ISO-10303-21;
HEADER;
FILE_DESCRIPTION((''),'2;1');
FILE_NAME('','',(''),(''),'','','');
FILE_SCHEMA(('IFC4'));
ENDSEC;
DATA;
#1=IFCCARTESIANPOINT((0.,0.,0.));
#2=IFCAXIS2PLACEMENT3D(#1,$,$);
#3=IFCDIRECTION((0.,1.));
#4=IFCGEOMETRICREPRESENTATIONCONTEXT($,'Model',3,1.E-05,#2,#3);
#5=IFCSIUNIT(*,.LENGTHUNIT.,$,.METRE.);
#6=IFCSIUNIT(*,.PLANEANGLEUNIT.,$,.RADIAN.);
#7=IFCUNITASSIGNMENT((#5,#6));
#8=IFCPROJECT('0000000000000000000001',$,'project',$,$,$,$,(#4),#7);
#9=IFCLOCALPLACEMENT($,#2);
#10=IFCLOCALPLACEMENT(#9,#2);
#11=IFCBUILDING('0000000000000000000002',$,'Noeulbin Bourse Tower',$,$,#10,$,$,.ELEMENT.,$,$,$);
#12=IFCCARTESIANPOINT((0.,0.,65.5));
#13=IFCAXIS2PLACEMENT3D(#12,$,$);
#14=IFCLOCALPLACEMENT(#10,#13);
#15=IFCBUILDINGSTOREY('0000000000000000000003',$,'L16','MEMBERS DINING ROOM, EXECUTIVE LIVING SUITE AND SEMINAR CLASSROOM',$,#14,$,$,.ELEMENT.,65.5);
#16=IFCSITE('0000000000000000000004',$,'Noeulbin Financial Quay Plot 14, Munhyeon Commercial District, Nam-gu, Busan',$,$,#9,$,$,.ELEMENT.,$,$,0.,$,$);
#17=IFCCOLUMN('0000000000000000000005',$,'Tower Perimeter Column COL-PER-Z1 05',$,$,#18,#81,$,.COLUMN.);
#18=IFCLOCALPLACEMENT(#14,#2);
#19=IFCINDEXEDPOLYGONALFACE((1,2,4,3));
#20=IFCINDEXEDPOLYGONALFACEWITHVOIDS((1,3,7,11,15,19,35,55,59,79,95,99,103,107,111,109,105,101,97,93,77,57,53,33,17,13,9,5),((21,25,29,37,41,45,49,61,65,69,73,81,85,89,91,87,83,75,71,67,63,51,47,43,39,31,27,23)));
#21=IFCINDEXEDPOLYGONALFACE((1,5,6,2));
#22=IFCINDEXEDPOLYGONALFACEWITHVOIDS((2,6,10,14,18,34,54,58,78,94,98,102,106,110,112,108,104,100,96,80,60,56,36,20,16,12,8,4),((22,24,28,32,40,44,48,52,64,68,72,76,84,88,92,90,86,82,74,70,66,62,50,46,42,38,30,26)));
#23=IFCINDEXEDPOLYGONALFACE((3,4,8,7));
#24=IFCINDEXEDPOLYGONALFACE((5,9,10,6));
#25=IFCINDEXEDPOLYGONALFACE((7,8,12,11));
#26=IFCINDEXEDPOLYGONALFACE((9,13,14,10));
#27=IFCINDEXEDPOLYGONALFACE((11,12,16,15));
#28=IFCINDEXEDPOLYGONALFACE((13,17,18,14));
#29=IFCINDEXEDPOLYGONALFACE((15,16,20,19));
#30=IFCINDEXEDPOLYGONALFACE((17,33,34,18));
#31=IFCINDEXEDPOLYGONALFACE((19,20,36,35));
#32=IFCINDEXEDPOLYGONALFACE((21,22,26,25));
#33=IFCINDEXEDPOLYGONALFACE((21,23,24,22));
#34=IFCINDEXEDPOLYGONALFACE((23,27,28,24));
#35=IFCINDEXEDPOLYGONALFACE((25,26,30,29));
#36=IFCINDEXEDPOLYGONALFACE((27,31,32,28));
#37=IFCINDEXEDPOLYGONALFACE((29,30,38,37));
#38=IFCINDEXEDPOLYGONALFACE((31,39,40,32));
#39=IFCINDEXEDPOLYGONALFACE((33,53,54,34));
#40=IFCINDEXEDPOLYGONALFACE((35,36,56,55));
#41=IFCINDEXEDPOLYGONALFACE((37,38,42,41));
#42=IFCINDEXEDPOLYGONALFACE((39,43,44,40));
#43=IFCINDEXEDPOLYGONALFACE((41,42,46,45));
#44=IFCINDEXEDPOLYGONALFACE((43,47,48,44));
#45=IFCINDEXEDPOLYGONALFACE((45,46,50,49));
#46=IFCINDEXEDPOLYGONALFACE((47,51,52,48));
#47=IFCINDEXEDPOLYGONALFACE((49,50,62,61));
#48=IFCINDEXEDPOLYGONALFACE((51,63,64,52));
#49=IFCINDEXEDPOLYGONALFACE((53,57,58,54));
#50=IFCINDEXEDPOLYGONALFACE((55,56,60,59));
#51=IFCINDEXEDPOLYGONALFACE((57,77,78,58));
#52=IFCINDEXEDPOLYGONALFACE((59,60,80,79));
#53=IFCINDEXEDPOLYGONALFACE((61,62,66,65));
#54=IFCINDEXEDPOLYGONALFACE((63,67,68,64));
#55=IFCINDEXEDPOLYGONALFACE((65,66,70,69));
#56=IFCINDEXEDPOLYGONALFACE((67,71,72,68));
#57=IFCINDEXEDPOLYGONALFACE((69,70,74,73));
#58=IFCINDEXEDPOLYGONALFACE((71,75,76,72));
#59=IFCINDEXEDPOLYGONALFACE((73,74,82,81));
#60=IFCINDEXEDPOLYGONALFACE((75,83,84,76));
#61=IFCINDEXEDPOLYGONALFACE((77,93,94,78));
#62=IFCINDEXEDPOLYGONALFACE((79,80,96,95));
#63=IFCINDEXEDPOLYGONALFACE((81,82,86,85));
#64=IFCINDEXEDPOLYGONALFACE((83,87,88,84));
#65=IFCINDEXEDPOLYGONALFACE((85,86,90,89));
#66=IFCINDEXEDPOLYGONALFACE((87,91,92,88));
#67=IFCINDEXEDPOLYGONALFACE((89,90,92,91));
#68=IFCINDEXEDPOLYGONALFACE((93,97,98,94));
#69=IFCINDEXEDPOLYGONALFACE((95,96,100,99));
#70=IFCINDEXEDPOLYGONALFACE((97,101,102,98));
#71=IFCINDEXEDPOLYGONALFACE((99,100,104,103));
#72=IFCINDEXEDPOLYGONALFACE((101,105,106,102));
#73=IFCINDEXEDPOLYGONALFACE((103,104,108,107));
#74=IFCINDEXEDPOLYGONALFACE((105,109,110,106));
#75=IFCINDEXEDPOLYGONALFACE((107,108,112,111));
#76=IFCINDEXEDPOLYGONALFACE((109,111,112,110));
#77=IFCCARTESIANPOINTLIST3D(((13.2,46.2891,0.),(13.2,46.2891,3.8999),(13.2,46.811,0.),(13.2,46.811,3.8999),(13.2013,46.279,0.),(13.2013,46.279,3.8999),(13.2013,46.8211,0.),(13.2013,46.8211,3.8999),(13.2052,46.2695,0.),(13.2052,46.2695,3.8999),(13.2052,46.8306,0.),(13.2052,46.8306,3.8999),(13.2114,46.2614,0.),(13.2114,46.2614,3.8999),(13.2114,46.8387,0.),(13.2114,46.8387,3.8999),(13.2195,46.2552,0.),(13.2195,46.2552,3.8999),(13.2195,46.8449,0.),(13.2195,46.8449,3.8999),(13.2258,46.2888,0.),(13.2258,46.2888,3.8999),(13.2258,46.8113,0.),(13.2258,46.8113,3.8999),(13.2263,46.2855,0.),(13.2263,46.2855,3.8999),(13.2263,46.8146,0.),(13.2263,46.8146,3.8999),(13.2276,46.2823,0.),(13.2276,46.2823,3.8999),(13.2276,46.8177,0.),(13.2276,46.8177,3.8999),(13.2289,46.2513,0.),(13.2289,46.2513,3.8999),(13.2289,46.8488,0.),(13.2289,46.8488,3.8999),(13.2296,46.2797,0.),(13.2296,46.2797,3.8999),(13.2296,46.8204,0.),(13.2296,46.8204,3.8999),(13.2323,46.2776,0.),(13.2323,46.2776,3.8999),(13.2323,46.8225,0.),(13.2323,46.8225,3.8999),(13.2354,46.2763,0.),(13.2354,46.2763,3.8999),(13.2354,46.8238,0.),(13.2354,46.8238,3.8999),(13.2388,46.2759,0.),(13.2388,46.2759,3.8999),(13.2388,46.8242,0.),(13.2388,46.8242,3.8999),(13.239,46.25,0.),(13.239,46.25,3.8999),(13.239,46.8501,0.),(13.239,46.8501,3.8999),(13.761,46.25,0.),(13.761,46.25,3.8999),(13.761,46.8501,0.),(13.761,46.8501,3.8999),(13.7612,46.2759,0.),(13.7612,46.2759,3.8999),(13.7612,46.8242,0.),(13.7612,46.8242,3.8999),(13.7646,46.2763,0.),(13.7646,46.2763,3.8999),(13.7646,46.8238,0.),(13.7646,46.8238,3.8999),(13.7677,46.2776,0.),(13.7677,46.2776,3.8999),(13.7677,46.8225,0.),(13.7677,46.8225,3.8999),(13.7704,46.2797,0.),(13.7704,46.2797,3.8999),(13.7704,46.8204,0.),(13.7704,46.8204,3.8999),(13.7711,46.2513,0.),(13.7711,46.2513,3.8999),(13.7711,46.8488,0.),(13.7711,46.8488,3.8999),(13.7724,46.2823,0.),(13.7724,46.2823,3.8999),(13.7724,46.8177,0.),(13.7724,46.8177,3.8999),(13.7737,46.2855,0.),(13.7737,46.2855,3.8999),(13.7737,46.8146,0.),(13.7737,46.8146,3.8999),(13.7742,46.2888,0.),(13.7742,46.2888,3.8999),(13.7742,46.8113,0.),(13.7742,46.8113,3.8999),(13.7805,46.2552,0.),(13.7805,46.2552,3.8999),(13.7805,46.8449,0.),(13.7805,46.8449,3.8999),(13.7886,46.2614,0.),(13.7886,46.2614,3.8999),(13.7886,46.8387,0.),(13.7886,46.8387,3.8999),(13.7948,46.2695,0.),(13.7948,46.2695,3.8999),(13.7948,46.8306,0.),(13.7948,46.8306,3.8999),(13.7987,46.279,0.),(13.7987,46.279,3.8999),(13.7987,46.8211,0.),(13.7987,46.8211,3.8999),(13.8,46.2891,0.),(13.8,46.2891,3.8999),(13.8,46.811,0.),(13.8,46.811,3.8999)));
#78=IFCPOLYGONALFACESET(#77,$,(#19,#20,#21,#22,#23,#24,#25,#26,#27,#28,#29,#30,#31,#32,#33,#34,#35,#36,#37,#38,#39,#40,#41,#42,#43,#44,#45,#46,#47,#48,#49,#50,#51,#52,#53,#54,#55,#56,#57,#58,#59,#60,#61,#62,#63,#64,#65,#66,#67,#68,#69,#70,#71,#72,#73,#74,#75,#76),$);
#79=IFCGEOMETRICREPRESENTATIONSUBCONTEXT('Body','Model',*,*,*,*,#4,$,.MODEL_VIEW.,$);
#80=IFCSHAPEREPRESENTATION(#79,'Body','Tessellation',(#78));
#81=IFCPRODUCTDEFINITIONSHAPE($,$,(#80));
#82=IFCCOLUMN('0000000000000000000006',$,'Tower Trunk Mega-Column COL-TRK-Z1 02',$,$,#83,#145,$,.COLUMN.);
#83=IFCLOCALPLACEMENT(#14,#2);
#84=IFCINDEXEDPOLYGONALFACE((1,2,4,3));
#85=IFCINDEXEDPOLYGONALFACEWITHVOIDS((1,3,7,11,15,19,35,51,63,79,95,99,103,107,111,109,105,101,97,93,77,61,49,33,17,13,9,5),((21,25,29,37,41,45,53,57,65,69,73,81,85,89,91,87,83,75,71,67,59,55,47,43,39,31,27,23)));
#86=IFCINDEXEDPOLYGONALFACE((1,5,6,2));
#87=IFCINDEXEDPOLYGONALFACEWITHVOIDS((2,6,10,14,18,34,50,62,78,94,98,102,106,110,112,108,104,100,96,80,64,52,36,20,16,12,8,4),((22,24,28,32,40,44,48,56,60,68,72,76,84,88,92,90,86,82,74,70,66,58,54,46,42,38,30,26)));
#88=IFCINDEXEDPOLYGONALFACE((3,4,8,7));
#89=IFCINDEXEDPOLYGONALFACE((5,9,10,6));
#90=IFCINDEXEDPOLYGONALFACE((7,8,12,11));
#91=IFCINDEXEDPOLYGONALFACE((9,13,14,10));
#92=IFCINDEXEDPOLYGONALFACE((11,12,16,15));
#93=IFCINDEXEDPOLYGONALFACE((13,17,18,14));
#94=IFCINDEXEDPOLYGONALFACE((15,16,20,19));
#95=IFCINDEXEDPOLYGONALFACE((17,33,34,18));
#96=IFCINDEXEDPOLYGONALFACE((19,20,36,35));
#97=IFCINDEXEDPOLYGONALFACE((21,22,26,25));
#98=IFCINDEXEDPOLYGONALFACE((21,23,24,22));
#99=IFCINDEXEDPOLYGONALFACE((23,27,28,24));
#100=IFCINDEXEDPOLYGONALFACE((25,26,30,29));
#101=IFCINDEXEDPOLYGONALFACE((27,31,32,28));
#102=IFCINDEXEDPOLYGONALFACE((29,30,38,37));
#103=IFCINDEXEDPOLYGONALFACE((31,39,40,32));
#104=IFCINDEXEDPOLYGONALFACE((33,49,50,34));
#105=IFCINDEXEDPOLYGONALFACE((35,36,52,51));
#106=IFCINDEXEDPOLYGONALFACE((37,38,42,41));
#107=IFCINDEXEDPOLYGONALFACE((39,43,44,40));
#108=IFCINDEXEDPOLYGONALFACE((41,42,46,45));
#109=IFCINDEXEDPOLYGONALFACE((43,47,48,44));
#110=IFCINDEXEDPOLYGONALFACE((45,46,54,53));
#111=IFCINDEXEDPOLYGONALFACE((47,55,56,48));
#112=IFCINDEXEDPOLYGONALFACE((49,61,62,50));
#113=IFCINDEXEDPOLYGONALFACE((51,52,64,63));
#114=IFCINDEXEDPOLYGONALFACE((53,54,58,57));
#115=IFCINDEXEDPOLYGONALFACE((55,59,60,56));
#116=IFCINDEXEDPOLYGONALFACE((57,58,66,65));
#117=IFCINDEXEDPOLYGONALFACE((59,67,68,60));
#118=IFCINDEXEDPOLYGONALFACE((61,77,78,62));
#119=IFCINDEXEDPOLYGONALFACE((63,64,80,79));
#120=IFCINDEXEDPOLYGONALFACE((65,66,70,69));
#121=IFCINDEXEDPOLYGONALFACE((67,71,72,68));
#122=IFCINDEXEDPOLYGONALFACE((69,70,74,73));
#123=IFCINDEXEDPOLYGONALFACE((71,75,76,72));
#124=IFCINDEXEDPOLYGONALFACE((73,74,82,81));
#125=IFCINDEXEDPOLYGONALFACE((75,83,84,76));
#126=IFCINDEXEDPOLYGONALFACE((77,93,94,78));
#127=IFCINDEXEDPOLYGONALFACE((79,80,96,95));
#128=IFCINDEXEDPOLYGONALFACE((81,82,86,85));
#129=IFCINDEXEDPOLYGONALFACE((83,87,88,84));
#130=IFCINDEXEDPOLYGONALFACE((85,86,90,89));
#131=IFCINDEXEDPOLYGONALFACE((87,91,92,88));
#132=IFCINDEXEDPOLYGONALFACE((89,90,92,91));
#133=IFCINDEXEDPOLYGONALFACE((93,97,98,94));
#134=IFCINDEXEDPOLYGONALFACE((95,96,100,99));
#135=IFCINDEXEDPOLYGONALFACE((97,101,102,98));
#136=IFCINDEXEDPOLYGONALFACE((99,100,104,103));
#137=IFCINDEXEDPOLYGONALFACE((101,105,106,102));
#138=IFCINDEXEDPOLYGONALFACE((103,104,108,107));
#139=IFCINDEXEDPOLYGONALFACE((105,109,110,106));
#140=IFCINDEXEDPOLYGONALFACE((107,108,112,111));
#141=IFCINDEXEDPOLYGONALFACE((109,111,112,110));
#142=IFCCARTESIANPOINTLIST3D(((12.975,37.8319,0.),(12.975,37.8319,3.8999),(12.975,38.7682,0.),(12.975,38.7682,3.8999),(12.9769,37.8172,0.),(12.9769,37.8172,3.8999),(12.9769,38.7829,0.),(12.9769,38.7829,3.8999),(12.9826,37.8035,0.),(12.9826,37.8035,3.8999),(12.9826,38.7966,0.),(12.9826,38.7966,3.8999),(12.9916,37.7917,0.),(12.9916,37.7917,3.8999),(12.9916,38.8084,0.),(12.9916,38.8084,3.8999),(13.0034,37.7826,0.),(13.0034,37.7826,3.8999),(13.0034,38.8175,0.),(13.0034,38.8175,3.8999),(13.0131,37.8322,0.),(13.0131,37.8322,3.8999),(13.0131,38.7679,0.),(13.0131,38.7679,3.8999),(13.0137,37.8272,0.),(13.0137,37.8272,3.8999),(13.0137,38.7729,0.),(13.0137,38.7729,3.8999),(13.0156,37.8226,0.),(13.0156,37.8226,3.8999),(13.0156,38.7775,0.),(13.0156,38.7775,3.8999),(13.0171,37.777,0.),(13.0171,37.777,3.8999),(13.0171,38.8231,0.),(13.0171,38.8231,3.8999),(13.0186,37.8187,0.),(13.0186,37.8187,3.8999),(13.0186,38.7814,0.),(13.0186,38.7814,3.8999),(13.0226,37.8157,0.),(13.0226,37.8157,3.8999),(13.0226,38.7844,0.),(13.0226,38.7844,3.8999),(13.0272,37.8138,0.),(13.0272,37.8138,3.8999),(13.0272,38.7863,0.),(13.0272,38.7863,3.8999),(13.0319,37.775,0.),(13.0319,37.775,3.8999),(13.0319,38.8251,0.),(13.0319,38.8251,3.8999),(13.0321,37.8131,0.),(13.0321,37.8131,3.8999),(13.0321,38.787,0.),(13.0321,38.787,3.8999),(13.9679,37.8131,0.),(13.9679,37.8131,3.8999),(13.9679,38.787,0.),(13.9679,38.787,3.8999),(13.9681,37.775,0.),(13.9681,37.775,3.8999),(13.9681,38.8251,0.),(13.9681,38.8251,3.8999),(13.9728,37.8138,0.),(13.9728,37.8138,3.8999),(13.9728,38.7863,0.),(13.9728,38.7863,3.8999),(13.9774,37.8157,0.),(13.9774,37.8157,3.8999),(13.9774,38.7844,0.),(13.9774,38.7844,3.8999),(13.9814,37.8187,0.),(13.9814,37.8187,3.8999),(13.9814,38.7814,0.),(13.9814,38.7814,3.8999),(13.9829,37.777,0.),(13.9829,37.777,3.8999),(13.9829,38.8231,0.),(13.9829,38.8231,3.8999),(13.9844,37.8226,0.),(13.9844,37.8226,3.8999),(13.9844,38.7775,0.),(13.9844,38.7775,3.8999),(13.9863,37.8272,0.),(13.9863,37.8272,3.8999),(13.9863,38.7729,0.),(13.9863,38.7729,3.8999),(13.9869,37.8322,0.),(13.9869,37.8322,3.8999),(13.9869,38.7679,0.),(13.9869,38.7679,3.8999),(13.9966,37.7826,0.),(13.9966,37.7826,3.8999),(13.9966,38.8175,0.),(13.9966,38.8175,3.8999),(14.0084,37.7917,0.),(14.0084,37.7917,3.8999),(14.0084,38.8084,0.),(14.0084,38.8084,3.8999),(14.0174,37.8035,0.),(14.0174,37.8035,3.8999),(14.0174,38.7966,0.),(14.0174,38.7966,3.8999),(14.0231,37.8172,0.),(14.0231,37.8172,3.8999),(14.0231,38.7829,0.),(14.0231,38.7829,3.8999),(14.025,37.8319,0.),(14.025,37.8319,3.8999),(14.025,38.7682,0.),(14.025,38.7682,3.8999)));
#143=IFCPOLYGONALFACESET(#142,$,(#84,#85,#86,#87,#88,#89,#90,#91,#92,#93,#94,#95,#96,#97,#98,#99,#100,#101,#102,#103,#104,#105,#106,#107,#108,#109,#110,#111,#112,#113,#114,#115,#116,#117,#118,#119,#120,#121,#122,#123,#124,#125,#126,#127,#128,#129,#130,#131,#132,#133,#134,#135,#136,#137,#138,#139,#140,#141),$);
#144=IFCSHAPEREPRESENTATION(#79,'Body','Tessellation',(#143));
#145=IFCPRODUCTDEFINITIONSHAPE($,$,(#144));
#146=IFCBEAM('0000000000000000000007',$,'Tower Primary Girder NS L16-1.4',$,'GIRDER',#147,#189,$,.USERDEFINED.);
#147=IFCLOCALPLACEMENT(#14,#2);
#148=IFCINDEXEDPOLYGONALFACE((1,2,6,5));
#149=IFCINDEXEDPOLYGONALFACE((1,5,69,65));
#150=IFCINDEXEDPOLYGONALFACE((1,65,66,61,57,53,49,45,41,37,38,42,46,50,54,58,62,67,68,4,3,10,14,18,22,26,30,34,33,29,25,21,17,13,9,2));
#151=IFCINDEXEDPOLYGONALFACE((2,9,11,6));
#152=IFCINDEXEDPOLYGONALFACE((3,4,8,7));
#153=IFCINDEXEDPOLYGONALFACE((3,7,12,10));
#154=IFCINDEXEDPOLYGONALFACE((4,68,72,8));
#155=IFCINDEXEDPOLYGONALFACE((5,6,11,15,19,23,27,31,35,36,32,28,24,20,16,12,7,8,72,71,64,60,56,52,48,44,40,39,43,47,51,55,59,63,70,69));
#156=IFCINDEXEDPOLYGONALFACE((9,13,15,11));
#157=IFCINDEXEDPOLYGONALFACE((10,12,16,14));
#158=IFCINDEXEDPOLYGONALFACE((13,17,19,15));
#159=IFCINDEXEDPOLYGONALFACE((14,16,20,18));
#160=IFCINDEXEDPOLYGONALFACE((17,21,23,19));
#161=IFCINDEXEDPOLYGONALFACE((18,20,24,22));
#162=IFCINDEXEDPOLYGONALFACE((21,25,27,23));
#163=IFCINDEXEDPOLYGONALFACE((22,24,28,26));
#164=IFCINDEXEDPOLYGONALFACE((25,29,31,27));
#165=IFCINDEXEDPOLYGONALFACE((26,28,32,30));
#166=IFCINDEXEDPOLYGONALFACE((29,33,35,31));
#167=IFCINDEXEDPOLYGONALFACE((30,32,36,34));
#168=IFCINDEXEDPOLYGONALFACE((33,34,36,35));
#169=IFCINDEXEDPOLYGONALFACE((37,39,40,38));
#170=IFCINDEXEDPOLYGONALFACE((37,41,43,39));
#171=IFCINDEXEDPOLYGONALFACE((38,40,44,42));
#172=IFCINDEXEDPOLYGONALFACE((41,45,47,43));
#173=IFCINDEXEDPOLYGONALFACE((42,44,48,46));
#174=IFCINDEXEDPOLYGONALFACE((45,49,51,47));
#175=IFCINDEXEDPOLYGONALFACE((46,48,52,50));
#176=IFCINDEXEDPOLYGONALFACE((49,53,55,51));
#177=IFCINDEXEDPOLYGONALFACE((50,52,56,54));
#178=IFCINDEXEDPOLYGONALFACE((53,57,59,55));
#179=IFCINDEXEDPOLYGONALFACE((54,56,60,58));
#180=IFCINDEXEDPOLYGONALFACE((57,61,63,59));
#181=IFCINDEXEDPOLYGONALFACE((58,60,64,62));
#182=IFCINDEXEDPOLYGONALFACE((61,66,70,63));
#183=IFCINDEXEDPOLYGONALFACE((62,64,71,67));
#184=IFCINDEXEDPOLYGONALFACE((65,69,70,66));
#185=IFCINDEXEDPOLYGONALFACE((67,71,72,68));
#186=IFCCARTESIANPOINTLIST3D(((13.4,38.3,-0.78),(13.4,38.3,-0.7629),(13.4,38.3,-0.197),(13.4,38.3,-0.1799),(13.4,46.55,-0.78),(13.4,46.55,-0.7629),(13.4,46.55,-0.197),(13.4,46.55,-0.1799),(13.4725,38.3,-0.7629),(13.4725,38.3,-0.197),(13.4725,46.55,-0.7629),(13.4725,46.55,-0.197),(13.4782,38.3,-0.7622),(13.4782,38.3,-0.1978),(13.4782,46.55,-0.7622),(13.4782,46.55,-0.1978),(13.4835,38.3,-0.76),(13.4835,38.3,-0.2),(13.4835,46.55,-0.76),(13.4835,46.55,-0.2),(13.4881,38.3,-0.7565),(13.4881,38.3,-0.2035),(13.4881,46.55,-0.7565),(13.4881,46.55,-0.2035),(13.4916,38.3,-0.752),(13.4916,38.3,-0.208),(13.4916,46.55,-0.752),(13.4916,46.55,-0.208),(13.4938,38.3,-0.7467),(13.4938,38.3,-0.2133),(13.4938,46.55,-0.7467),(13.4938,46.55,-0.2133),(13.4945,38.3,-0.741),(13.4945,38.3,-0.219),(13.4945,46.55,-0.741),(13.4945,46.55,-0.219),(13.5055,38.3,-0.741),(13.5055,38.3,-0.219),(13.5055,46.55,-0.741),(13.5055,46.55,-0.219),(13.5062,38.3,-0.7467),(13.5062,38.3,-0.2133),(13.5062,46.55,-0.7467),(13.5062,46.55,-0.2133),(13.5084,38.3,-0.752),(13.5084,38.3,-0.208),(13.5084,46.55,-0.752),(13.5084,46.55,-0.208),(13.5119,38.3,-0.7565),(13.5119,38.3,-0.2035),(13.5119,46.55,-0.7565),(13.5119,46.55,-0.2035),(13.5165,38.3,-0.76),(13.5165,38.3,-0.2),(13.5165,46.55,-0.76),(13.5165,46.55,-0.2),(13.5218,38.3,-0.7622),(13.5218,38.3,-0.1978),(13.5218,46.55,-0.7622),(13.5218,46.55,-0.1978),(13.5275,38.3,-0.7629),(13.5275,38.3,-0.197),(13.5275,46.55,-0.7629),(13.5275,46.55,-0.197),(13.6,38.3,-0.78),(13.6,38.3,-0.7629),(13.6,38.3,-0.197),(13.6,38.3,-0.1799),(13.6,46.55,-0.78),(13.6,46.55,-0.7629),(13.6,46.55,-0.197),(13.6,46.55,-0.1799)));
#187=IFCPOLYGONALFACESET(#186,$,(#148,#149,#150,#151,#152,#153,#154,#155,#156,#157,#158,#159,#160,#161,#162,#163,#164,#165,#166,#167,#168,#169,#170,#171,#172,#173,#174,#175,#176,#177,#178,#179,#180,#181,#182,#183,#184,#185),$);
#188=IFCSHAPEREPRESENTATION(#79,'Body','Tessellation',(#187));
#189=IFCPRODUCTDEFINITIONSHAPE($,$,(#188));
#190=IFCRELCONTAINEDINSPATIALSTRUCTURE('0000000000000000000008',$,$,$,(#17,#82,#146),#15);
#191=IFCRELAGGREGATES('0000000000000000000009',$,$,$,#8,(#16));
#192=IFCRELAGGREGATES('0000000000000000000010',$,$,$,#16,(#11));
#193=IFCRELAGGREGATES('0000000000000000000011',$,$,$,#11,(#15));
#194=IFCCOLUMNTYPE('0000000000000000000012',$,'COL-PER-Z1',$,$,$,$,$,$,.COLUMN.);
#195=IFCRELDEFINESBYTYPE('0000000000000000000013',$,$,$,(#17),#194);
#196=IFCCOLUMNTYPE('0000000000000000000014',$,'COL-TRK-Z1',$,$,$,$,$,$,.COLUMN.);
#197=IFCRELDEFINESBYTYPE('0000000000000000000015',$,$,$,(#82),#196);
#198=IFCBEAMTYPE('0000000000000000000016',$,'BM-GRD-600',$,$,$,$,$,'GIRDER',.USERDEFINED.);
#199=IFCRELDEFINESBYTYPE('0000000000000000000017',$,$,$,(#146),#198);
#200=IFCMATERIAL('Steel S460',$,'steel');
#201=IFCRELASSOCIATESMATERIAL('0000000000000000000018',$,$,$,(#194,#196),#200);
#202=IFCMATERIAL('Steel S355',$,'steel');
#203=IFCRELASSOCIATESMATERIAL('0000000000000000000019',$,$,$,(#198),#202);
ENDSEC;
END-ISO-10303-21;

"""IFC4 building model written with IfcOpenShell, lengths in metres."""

from ifc_helpers import new_model, si_unit, direction, frame, origin, origin_2d, place, context, subcontext, project, spatial, hollow_rectangle, i_section, extrude, material, material_profile, profile_set, type_object, element, save


model = new_model("IFC4")

# Units and contexts
model_context = context("Model", 3, precision=1e-05, world=origin(), true_north=direction((0.0, 1.0)))
body_context = subcontext(model_context, "Body", "Model", "MODEL_VIEW")
ifc_project = project(units=[si_unit("LENGTHUNIT", "METRE"), si_unit("PLANEANGLEUNIT", "RADIAN")], contexts=[model_context])

# Site, building, storey
site_placement = place(None, origin())
site = spatial("IfcSite", under=ifc_project, at=site_placement, Name="Noeulbin Financial Quay Plot 14, Munhyeon Commercial District, Nam-gu, Busan", CompositionType="ELEMENT", RefElevation=0.0)
building_placement = place(site_placement, origin())
building = spatial("IfcBuilding", under=site, at=building_placement, Name="Noeulbin Bourse Tower", CompositionType="ELEMENT")
storey_placement = place(building_placement, frame((0.0, 0.0, 65.5)))
storey = spatial("IfcBuildingStorey", under=building, at=storey_placement, Name="L16", Description="MEMBERS DINING ROOM, EXECUTIVE LIVING SUITE AND SEMINAR CLASSROOM", CompositionType="ELEMENT", Elevation=65.5)

# Columns
ifc_material_1 = material(Name="Steel S460", Category="steel")
ifc_material_profile_1 = material_profile(ifc_material_1, hollow_rectangle(XDim=0.6001, YDim=0.6001, WallThickness=0.0259, InnerFilletRadius=0.0129, OuterFilletRadius=0.0391, at=origin_2d()), Name="BOX-600x600x26", Category="LoadBearing")
ifc_profile_set_1 = profile_set([ifc_material_profile_1], Name="Steel S460")
column_type_1 = type_object("IfcColumnType", Name="COL-PER-Z1", PredefinedType="COLUMN", material=ifc_profile_set_1)
column_1_placement = place(storey_placement, frame((13.5, 46.55, 0.0), z_axis=(0.0, 0.0, 1.0), x_axis=(1.0, 0.0, 0.0)))
element("IfcColumn", 1, at=column_1_placement, inside=storey, type_object=column_type_1, Name="Tower Perimeter Column COL-PER-Z1 05", PredefinedType="COLUMN", context=body_context, shape_type="SweptSolid", body=[
    extrude(hollow_rectangle(XDim=0.6001, YDim=0.6001, WallThickness=0.0259, InnerFilletRadius=0.0129, OuterFilletRadius=0.0391, at=origin_2d()), origin(), (0.0, 0.0, 1.0), 3.8999),
])
ifc_material_profile_2 = material_profile(ifc_material_1, hollow_rectangle(XDim=1.05, YDim=1.05, WallThickness=0.0381, InnerFilletRadius=0.019, OuterFilletRadius=0.0569, at=origin_2d()), Name="BOX-1050x1050x38", Category="LoadBearing")
ifc_profile_set_2 = profile_set([ifc_material_profile_2], Name="Steel S460")
column_type_2 = type_object("IfcColumnType", Name="COL-TRK-Z1", PredefinedType="COLUMN", material=ifc_profile_set_2)
column_2_placement = place(storey_placement, frame((13.5, 38.3, 0.0), z_axis=(0.0, 0.0, 1.0), x_axis=(1.0, 0.0, 0.0)))
element("IfcColumn", 2, at=column_2_placement, inside=storey, type_object=column_type_2, Name="Tower Trunk Mega-Column COL-TRK-Z1 02", PredefinedType="COLUMN", context=body_context, shape_type="SweptSolid", body=[
    extrude(hollow_rectangle(XDim=1.05, YDim=1.05, WallThickness=0.0381, InnerFilletRadius=0.019, OuterFilletRadius=0.0569, at=origin_2d()), origin(), (0.0, 0.0, 1.0), 3.8999),
])

# Beam
ifc_material_2 = material(Name="Steel S355", Category="steel")
ifc_material_profile_3 = material_profile(ifc_material_2, i_section(OverallWidth=0.2, OverallDepth=0.6001, WebThickness=0.011, FlangeThickness=0.0171, FilletRadius=0.022, at=origin_2d()), Name="H-600x200x11x17", Category="LoadBearing")
ifc_profile_set_3 = profile_set([ifc_material_profile_3], Name="Steel S355")
beam_type_1 = type_object("IfcBeamType", Name="BM-GRD-600", ElementType="GIRDER", PredefinedType="USERDEFINED", material=ifc_profile_set_3)
beam_1_placement = place(storey_placement, frame((13.5, 38.3, -0.48), z_axis=(0.0, 1.0, 0.0), x_axis=(-1.0, 0.0, 0.0)))
element("IfcBeam", 3, at=beam_1_placement, inside=storey, type_object=beam_type_1, Name="Tower Primary Girder NS L16-1.4", ObjectType="GIRDER", PredefinedType="USERDEFINED", context=body_context, shape_type="SweptSolid", body=[
    extrude(i_section(OverallWidth=0.2, OverallDepth=0.6001, WebThickness=0.011, FlangeThickness=0.0171, FilletRadius=0.022, at=origin_2d()), origin(), (0.0, 0.0, 1.0), 8.25),
])

save(model, "model.ifc")
